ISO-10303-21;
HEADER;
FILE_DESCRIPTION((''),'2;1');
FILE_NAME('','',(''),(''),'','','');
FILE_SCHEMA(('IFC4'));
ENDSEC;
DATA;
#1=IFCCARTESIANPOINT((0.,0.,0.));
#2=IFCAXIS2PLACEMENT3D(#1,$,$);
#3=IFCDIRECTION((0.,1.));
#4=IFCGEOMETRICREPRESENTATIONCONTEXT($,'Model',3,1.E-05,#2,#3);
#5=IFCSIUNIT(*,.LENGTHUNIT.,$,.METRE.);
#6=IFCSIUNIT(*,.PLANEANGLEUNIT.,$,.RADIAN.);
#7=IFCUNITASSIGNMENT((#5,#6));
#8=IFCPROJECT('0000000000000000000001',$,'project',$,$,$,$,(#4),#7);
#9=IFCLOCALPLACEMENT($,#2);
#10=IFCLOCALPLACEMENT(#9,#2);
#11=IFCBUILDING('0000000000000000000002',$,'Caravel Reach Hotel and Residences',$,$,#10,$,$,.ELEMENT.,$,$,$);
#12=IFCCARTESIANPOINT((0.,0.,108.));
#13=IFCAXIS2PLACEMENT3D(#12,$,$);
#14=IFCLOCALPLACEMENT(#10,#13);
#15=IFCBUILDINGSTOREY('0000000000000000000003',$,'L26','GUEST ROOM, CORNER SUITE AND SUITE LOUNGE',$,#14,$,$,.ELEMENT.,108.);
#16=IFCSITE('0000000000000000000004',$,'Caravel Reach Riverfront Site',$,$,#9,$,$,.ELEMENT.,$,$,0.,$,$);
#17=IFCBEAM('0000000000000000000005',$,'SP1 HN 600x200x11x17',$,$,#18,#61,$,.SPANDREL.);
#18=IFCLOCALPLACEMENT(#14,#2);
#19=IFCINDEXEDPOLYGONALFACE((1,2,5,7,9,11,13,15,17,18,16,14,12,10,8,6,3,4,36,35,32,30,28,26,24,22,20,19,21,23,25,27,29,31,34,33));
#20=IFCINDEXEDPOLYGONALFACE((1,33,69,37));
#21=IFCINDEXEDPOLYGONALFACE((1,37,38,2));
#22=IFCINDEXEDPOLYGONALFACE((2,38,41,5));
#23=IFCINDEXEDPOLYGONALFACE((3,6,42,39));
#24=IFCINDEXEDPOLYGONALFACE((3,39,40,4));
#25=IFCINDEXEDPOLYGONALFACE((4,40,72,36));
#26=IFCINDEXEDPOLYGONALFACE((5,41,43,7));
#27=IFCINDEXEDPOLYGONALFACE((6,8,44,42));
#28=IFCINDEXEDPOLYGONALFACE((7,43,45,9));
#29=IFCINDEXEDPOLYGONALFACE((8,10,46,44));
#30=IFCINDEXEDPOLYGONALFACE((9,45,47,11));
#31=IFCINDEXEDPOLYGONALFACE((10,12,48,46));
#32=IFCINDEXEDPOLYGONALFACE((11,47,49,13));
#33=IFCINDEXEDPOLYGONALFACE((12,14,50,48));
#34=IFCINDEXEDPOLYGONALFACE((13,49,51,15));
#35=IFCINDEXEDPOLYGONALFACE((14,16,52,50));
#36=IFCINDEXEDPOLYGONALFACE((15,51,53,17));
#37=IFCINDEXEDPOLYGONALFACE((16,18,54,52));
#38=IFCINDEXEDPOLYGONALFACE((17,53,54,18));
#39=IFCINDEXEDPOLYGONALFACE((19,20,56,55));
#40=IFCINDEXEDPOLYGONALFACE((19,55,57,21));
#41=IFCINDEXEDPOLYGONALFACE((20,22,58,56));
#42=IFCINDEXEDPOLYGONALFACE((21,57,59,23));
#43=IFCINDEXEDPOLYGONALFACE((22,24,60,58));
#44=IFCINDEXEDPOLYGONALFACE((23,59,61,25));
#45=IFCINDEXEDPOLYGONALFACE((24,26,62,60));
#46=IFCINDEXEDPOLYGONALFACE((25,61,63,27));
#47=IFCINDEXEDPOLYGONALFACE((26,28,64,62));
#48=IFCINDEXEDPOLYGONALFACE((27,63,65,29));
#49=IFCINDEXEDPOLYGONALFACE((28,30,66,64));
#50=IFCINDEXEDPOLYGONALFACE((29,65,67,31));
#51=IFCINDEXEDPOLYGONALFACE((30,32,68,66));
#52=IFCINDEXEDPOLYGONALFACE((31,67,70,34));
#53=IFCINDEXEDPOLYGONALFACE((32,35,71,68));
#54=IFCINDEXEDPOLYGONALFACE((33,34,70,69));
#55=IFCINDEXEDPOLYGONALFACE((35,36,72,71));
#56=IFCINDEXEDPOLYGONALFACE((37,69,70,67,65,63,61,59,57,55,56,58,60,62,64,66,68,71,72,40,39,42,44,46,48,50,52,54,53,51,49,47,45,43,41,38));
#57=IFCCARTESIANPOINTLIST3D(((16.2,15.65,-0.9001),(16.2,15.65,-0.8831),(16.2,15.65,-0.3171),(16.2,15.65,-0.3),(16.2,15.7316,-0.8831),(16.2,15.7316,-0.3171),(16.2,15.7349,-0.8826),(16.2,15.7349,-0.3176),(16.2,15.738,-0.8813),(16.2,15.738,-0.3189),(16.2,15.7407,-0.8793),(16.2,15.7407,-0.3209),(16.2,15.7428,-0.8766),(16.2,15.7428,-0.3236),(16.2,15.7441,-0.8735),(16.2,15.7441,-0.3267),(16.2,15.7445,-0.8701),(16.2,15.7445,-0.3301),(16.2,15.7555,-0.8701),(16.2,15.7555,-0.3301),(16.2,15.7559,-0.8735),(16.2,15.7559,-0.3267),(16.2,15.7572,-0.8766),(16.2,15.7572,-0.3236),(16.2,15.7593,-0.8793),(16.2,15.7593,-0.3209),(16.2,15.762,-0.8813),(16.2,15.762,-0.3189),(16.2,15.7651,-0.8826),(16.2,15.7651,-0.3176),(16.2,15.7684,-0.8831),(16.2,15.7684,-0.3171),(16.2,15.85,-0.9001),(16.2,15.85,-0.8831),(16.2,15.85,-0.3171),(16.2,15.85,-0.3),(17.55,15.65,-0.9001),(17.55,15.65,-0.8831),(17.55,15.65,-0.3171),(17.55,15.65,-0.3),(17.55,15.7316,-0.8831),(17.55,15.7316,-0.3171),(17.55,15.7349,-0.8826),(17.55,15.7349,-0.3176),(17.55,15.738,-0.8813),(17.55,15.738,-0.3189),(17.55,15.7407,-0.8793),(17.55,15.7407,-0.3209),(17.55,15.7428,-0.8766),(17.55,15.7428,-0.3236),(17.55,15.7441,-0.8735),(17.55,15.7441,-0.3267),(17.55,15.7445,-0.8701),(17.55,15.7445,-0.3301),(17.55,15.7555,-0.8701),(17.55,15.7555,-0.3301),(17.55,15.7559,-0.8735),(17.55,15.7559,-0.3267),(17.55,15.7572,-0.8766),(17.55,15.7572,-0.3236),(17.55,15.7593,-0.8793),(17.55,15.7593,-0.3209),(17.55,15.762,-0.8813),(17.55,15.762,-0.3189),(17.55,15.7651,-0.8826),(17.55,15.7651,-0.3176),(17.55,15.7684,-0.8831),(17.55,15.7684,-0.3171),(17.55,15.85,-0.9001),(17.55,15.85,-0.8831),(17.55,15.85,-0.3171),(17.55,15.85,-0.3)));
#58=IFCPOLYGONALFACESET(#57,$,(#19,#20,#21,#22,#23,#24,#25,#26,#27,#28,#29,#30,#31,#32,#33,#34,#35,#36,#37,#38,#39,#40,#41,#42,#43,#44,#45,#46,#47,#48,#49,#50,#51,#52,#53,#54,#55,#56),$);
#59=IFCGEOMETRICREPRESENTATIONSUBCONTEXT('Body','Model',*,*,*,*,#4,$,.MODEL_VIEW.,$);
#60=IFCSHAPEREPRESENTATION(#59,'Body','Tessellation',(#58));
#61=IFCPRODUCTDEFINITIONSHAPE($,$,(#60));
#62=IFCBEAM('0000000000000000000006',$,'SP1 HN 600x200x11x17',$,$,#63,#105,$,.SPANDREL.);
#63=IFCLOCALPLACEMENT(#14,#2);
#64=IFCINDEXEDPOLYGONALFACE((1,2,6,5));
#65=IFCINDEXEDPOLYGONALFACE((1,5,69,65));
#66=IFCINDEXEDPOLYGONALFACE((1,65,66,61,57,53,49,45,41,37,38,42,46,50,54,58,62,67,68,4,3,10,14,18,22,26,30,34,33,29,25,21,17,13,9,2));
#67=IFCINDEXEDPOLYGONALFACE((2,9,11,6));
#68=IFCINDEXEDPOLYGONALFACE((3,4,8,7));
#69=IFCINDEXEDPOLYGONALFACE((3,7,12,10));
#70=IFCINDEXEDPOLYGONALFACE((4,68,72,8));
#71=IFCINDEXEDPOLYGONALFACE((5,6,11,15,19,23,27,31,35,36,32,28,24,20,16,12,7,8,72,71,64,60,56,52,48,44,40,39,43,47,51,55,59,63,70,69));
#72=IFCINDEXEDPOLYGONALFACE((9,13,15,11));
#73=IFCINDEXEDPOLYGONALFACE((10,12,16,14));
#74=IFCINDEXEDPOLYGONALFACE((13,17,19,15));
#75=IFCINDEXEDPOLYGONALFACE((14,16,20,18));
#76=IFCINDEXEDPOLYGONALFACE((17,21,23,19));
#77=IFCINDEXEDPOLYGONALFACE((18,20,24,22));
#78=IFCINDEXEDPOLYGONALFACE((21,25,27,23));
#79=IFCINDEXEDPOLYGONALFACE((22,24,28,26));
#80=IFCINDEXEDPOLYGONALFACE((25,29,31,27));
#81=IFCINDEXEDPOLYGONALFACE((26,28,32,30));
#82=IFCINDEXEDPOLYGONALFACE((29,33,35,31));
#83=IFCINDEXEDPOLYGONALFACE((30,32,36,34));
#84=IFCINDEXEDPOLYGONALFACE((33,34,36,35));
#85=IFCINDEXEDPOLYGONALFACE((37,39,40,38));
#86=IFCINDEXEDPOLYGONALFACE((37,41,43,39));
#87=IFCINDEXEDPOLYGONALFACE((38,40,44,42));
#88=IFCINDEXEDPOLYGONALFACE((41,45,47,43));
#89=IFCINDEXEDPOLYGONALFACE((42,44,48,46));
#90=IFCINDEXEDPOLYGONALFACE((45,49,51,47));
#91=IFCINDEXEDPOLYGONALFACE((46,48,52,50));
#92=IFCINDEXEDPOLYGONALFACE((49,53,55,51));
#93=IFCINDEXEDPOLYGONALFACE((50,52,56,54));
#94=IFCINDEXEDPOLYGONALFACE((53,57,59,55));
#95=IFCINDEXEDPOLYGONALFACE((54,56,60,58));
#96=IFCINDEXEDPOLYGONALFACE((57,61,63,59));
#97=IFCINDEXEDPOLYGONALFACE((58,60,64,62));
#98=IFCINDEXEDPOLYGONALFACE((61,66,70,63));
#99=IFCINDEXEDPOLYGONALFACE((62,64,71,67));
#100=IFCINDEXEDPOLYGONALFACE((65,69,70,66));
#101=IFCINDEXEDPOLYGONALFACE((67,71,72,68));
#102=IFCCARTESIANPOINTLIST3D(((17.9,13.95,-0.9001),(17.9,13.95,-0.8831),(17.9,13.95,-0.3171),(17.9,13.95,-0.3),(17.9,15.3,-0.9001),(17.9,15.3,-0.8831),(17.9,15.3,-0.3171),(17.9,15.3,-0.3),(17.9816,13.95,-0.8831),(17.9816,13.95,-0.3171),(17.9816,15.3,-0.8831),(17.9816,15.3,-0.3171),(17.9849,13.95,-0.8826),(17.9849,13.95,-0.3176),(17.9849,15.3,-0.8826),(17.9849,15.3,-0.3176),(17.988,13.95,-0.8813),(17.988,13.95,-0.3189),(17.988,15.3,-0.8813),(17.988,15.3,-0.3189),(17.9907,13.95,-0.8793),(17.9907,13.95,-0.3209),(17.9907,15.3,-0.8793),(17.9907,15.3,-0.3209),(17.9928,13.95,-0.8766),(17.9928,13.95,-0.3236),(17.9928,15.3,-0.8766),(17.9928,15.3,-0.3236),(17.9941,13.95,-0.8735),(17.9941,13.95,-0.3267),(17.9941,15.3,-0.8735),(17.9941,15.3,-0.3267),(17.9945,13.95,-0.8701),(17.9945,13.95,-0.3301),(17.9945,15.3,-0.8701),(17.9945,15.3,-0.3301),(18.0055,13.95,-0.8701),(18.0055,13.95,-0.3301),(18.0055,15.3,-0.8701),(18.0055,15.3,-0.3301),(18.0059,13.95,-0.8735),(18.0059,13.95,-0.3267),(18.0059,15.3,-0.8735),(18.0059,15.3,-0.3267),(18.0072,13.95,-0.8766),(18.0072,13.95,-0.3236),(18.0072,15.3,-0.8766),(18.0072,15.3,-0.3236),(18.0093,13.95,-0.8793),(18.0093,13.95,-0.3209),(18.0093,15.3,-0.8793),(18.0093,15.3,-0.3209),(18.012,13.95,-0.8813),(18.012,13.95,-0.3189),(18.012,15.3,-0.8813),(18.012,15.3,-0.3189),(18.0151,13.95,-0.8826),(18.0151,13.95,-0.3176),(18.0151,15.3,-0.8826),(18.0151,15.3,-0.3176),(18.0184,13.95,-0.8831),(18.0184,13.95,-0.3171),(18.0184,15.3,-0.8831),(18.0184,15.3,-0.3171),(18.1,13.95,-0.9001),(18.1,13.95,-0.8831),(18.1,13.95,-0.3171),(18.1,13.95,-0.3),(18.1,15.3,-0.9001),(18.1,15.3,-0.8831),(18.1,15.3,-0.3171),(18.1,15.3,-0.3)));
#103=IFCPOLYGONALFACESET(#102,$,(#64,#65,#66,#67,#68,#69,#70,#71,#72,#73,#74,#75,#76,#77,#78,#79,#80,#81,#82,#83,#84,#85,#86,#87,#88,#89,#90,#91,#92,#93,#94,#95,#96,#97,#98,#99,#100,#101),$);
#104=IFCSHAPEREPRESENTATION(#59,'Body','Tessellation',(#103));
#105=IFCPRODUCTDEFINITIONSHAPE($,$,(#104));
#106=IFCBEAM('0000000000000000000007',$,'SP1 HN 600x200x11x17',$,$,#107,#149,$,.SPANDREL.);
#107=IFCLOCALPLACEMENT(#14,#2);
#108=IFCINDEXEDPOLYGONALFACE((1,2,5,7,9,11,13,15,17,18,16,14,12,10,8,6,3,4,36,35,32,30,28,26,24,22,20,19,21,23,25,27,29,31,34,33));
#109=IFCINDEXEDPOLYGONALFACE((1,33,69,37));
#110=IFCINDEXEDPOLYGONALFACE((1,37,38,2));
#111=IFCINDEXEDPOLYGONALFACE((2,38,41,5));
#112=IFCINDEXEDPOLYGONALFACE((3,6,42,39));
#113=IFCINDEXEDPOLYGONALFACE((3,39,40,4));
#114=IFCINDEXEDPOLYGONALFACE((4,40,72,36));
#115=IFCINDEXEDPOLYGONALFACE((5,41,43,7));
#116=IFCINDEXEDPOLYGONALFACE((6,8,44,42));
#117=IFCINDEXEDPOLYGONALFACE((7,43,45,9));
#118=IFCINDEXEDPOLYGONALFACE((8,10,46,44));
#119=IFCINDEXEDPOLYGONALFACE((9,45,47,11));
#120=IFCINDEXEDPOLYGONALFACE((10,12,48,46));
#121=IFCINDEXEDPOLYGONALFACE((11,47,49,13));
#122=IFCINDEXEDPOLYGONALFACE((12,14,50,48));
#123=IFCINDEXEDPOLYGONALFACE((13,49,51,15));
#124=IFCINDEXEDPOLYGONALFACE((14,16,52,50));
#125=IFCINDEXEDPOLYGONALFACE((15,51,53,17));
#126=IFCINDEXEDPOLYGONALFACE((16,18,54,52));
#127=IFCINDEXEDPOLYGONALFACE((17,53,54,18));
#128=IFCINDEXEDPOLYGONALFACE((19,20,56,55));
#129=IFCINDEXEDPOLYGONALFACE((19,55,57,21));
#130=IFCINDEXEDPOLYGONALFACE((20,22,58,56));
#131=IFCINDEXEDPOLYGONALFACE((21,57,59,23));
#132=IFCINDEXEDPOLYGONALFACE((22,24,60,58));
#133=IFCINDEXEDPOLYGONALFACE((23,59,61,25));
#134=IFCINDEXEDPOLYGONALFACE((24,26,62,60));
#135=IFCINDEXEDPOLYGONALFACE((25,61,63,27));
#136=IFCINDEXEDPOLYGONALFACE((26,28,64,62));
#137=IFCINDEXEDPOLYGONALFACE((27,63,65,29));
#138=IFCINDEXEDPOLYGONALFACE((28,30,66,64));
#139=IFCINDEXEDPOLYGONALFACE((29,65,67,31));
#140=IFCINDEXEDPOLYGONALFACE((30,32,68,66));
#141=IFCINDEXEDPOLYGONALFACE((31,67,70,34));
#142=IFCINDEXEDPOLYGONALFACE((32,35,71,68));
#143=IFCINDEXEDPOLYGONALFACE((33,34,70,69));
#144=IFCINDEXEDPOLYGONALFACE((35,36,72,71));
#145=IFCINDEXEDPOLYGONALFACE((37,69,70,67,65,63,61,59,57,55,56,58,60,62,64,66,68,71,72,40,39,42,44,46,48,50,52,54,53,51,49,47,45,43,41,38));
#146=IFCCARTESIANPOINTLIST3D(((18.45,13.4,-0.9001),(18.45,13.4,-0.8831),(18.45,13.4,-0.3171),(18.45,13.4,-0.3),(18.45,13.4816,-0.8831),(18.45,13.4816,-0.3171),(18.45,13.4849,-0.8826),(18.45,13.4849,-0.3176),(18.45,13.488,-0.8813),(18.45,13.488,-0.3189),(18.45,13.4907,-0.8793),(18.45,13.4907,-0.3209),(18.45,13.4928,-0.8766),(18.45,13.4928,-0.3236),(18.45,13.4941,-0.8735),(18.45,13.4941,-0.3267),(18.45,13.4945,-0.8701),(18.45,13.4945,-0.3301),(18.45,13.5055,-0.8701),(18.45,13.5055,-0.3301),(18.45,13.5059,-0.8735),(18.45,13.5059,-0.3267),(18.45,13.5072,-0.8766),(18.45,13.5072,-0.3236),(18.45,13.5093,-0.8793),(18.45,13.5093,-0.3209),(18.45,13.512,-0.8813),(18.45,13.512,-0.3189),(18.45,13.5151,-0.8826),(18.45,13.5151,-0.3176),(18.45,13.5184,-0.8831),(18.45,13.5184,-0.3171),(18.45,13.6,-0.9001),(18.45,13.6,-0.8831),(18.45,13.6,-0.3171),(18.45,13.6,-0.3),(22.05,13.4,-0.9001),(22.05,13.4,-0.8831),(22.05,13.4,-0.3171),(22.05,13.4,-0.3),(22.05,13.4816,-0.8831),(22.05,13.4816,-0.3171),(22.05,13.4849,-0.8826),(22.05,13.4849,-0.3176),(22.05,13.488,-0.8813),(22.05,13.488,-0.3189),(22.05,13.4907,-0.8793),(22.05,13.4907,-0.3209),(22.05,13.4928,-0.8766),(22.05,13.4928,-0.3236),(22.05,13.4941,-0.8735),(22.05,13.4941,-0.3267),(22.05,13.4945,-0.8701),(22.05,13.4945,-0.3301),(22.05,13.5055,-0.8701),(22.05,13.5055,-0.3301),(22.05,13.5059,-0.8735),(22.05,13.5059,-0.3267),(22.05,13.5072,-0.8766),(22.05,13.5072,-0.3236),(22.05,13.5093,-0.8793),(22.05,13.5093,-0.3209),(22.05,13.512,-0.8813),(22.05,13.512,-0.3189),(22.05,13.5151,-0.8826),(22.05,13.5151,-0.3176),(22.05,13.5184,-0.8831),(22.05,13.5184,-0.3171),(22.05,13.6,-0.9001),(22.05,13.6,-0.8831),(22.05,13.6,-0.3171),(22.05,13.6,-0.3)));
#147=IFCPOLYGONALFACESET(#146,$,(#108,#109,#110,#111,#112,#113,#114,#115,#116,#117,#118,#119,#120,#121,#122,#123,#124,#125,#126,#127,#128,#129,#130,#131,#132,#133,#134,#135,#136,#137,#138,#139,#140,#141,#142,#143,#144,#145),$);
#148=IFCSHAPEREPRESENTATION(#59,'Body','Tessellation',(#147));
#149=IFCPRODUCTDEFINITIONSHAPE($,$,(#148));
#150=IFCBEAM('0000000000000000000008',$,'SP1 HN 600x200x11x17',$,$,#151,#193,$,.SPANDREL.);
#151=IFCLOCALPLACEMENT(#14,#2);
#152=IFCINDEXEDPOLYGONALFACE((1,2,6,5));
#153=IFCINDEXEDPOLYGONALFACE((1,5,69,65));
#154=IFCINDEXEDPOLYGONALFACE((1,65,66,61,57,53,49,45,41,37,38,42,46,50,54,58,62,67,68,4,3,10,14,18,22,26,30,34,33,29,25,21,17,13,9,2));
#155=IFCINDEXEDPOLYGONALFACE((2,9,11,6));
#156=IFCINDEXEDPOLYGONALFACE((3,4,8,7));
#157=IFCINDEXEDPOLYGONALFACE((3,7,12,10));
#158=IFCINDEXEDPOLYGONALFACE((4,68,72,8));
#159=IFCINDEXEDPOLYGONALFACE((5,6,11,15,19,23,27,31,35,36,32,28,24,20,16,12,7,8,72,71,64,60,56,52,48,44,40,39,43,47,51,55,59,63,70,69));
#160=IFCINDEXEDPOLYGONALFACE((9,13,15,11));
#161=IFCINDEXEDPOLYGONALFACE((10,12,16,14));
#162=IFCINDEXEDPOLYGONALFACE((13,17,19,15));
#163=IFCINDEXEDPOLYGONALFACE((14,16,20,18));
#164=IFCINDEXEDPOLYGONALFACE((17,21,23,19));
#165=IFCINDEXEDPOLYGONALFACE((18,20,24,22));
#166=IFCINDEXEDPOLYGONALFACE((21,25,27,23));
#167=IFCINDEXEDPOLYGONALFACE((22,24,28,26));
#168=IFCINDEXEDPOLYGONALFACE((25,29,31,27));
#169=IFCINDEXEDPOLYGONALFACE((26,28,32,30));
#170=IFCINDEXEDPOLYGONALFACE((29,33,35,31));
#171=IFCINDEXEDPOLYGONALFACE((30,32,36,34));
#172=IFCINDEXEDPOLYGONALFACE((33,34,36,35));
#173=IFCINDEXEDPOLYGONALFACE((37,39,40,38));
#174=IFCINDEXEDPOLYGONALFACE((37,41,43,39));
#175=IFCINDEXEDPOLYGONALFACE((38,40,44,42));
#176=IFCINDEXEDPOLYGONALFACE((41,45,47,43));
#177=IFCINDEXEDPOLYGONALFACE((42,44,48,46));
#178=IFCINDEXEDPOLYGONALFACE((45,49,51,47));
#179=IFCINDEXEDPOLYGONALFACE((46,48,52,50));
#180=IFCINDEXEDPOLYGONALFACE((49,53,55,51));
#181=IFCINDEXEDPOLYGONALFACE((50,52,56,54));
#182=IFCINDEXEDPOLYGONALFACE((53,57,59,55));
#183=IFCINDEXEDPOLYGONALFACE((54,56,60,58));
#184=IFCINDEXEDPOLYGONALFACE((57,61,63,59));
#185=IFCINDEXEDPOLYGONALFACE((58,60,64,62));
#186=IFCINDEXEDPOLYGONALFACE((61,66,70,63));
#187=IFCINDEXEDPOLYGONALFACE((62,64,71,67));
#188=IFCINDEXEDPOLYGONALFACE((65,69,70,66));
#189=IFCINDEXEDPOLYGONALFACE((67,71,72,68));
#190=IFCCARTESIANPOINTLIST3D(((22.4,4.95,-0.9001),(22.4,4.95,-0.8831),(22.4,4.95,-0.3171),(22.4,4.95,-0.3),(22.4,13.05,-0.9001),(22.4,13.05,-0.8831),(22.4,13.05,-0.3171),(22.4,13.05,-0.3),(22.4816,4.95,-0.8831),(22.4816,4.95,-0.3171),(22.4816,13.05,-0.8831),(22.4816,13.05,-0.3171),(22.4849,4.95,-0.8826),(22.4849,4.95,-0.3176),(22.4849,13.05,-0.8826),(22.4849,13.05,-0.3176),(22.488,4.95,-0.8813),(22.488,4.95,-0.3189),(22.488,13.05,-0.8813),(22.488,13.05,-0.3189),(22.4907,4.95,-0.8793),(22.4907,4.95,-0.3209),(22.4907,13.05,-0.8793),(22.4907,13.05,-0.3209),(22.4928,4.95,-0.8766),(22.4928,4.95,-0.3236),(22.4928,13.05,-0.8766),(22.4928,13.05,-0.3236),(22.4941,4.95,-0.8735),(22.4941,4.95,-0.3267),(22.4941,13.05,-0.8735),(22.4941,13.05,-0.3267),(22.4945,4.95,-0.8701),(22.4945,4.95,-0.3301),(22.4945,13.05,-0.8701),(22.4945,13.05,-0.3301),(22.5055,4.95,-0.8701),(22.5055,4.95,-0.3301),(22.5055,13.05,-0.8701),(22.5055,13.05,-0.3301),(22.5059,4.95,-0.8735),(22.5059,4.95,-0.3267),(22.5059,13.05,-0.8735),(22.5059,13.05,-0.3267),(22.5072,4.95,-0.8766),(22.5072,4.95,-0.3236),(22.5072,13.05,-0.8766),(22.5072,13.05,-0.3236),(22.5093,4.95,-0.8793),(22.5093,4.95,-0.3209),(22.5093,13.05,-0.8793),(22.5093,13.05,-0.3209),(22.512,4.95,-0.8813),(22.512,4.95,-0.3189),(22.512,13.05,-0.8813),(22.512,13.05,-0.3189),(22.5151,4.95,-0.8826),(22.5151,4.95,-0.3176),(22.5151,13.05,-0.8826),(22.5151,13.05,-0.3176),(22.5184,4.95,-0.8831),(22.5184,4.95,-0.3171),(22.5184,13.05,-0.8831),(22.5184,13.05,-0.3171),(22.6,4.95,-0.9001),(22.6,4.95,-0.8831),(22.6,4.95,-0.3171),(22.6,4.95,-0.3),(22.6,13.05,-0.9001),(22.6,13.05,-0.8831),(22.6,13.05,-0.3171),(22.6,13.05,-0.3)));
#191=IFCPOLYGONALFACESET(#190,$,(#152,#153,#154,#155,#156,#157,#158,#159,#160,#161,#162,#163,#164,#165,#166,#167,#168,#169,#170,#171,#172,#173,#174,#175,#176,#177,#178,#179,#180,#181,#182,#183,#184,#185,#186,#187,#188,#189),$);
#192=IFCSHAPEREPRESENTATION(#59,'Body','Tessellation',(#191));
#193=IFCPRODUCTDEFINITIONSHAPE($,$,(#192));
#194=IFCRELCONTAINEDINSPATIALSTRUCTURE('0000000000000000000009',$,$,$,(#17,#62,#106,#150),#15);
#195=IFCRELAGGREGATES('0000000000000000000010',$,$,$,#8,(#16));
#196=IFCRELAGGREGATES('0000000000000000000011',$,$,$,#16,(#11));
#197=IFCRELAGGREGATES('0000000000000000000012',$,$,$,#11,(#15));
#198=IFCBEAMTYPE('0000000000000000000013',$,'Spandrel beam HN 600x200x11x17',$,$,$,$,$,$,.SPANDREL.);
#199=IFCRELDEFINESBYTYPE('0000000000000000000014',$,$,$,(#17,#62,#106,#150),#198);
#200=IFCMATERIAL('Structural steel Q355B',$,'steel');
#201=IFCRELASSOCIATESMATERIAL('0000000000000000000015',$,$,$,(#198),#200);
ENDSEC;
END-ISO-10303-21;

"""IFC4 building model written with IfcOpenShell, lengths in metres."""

from ifc_helpers import new_model, si_unit, direction, frame, origin, origin_2d, place, context, subcontext, project, spatial, i_section, extrude, material, material_profile, profile_set, type_object, element, save


model = new_model("IFC4")

# Units and contexts
model_context = context("Model", 3, precision=1e-05, world=origin(), true_north=direction((0.0, 1.0)))
body_context = subcontext(model_context, "Body", "Model", "MODEL_VIEW")
ifc_project = project(units=[si_unit("LENGTHUNIT", "METRE"), si_unit("PLANEANGLEUNIT", "RADIAN")], contexts=[model_context])

# Site, building, storey
site_placement = place(None, origin())
site = spatial("IfcSite", under=ifc_project, at=site_placement, Name="Caravel Reach Riverfront Site", CompositionType="ELEMENT", RefElevation=0.0)
building_placement = place(site_placement, origin())
building = spatial("IfcBuilding", under=site, at=building_placement, Name="Caravel Reach Hotel and Residences", CompositionType="ELEMENT")
storey_placement = place(building_placement, frame((0.0, 0.0, 108.0)))
storey = spatial("IfcBuildingStorey", under=building, at=storey_placement, Name="L26", Description="GUEST ROOM, CORNER SUITE AND SUITE LOUNGE", CompositionType="ELEMENT", Elevation=108.0)

# Beams
ifc_material_1 = material(Name="Structural steel Q355B", Category="steel")
ifc_material_profile_1 = material_profile(ifc_material_1, i_section(OverallWidth=0.2, OverallDepth=0.6001, WebThickness=0.011, FlangeThickness=0.0171, FilletRadius=0.0129, at=origin_2d()), Name="HN 600x200x11x17")
ifc_profile_set_1 = profile_set([ifc_material_profile_1], Name="Structural steel Q355B")
beam_type_1 = type_object("IfcBeamType", Name="Spandrel beam HN 600x200x11x17", PredefinedType="SPANDREL", material=ifc_profile_set_1)
for number, where, z_axis, x_axis, name in (
    (1, (16.2, 15.75, -0.6001), (1.0, 0.0, 0.0), (0.0, 1.0, 0.0), "SP1 HN 600x200x11x17"),
    (2, (18.0, 15.3, -0.6001), (0.0, -1.0, 0.0), (1.0, 0.0, 0.0), "SP1 HN 600x200x11x17"),
):
    element("IfcBeam", number, at=place(storey_placement, frame(where, z_axis=z_axis, x_axis=x_axis)), inside=storey, type_object=beam_type_1, Name=name, PredefinedType="SPANDREL", context=body_context, shape_type="SweptSolid", body=[
        extrude(i_section(OverallWidth=0.2, OverallDepth=0.6001, WebThickness=0.011, FlangeThickness=0.0171, FilletRadius=0.0129, at=origin_2d()), origin(), (0.0, 0.0, 1.0), 1.3501),
    ])
beam_1_placement = place(storey_placement, frame((18.45, 13.5, -0.6001), z_axis=(1.0, 0.0, 0.0), x_axis=(0.0, 1.0, 0.0)))
element("IfcBeam", 3, at=beam_1_placement, inside=storey, type_object=beam_type_1, Name="SP1 HN 600x200x11x17", PredefinedType="SPANDREL", context=body_context, shape_type="SweptSolid", body=[
    extrude(i_section(OverallWidth=0.2, OverallDepth=0.6001, WebThickness=0.011, FlangeThickness=0.0171, FilletRadius=0.0129, at=origin_2d()), origin(), (0.0, 0.0, 1.0), 3.6001),
])
beam_2_placement = place(storey_placement, frame((22.5, 13.05, -0.6001), z_axis=(0.0, -1.0, 0.0), x_axis=(1.0, 0.0, 0.0)))
element("IfcBeam", 4, at=beam_2_placement, inside=storey, type_object=beam_type_1, Name="SP1 HN 600x200x11x17", PredefinedType="SPANDREL", context=body_context, shape_type="SweptSolid", body=[
    extrude(i_section(OverallWidth=0.2, OverallDepth=0.6001, WebThickness=0.011, FlangeThickness=0.0171, FilletRadius=0.0129, at=origin_2d()), origin(), (0.0, 0.0, 1.0), 8.1001),
])

save(model, "model.ifc")
